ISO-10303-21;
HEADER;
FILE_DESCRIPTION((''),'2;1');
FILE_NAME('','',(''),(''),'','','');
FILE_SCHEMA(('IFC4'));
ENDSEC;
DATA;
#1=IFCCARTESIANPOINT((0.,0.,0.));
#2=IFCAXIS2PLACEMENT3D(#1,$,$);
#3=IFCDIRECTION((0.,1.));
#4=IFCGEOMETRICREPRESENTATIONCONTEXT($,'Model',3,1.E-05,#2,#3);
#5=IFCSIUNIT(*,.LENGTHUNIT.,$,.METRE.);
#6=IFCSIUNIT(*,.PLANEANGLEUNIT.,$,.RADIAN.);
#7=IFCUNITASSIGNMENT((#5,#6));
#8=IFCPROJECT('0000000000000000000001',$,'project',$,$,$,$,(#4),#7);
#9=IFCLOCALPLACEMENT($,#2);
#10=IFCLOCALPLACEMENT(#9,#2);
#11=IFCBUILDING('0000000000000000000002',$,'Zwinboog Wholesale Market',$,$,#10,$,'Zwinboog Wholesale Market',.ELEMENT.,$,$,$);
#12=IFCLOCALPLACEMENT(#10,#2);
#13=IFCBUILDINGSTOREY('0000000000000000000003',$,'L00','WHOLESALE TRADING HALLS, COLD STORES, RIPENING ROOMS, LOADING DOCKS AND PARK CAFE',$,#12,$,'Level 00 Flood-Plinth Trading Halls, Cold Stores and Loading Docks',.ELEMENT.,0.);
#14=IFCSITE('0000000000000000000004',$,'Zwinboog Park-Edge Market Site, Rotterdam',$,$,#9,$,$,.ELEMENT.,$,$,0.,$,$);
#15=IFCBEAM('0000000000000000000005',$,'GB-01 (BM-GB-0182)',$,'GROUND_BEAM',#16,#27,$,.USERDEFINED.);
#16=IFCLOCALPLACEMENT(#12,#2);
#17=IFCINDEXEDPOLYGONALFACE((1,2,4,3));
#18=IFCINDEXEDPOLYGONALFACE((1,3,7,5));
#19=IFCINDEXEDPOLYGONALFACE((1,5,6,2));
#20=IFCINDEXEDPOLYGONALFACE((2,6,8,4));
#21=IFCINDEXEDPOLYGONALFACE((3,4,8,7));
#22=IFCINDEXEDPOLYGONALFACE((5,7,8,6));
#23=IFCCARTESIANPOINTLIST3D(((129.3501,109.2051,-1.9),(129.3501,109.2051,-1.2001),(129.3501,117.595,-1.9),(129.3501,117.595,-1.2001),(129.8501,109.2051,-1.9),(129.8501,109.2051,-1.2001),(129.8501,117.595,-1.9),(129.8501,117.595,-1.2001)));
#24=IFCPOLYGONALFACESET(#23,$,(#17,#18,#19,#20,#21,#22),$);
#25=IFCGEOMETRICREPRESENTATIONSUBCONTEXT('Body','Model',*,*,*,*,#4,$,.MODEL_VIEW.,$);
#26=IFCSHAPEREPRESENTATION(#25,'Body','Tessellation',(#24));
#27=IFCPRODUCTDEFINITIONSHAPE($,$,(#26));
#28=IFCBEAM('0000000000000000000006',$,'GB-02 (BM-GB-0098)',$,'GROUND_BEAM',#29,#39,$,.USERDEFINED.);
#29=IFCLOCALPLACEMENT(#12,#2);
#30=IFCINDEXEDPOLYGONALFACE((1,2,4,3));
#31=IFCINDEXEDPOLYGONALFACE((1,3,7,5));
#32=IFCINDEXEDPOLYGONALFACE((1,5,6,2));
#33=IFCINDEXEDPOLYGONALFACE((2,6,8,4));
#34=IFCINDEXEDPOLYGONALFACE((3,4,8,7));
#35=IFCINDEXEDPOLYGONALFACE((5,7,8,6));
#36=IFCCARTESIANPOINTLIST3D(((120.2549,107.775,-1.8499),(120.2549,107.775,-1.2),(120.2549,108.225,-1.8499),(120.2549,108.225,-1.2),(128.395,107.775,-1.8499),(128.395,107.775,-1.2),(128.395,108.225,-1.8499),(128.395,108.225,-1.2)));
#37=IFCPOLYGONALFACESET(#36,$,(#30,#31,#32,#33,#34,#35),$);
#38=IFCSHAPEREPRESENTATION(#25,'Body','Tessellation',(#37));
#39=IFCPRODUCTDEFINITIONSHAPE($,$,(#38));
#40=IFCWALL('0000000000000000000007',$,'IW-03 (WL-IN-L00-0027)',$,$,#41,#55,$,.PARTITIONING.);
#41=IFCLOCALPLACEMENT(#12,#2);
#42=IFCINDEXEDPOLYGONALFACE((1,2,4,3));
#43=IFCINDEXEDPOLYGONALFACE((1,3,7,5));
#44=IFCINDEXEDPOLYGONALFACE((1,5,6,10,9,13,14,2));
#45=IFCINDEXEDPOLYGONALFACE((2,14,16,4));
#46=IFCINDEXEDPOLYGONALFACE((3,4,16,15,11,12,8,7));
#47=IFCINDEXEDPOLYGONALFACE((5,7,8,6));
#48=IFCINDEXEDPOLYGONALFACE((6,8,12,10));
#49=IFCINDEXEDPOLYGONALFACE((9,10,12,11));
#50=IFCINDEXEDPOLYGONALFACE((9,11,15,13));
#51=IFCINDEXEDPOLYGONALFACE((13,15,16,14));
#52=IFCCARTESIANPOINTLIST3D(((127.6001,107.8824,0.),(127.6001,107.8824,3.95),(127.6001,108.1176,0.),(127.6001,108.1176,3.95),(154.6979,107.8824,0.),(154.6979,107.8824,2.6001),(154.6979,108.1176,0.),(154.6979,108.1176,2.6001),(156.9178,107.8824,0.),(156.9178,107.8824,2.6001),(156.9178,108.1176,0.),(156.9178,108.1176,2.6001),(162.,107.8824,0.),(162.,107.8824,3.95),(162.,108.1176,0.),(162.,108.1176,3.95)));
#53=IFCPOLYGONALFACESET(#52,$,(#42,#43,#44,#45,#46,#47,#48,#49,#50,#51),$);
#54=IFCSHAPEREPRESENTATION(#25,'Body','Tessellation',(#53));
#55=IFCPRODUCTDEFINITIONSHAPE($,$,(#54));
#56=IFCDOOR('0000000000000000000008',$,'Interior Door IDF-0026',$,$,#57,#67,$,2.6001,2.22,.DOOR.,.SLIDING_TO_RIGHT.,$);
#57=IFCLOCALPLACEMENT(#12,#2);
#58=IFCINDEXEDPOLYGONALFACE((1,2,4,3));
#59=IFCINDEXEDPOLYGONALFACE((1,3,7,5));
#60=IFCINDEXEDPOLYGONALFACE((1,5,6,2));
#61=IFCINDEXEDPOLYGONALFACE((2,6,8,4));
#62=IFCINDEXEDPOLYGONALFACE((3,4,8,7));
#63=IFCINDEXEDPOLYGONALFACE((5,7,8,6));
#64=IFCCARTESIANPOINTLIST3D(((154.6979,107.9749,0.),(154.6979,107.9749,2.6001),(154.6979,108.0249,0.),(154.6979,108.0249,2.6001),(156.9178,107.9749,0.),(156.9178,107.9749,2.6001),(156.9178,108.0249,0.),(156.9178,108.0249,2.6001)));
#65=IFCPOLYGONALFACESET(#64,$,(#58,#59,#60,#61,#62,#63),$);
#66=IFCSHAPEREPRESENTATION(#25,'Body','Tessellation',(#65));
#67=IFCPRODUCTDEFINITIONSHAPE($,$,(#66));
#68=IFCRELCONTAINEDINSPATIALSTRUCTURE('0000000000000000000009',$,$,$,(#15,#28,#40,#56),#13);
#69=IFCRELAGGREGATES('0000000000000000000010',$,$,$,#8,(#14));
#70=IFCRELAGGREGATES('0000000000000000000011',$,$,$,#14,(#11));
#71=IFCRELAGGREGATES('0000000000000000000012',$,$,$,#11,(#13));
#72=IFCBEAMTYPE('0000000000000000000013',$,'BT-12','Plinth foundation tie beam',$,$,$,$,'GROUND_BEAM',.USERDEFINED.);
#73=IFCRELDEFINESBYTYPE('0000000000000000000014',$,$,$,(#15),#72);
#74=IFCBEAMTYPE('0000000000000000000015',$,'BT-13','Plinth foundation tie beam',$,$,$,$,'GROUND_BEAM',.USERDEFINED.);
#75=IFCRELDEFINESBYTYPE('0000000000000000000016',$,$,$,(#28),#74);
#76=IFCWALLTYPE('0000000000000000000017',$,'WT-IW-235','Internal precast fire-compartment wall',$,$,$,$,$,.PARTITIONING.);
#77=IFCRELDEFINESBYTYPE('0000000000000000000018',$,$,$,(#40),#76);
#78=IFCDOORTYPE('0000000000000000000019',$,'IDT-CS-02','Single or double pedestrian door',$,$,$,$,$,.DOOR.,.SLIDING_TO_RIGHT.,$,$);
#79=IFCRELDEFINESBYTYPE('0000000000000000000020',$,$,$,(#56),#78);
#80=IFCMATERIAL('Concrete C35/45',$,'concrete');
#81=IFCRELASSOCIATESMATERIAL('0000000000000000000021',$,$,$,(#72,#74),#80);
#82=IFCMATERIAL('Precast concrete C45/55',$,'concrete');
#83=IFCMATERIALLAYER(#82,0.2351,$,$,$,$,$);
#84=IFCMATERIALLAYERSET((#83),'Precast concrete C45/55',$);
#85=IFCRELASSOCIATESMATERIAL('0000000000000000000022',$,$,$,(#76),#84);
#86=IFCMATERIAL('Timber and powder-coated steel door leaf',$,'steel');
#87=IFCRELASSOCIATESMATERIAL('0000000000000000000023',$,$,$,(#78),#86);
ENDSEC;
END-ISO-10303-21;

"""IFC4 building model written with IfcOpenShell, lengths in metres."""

from ifc_helpers import new_model, si_unit, direction, frame, frame_2d, origin, origin_2d, place, context, subcontext, project, spatial, rectangle, extrude, material, layer, layer_set, material_profile, profile_set, type_object, element, fill, save


model = new_model("IFC4")

# Units and contexts
model_context = context("Model", 3, precision=1e-05, world=origin(), true_north=direction((0.0, 1.0)))
body_context = subcontext(model_context, "Body", "Model", "MODEL_VIEW")
ifc_project = project(units=[si_unit("LENGTHUNIT", "METRE"), si_unit("PLANEANGLEUNIT", "RADIAN")], contexts=[model_context])

# Site, building, storey
site_placement = place(None, origin())
site = spatial("IfcSite", under=ifc_project, at=site_placement, Name="Zwinboog Park-Edge Market Site, Rotterdam", CompositionType="ELEMENT", RefElevation=0.0)
building_placement = place(site_placement, origin())
building = spatial("IfcBuilding", under=site, at=building_placement, Name="Zwinboog Wholesale Market", LongName="Zwinboog Wholesale Market", CompositionType="ELEMENT")
storey_placement = place(building_placement, origin())
storey = spatial("IfcBuildingStorey", under=building, at=storey_placement, Name="L00", Description="WHOLESALE TRADING HALLS, COLD STORES, RIPENING ROOMS, LOADING DOCKS AND PARK CAFE", LongName="Level 00 Flood-Plinth Trading Halls, Cold Stores and Loading Docks", CompositionType="ELEMENT", Elevation=0.0)

# Shared definitions
ifc_material_1 = material(Name="Concrete C35/45", Category="concrete")

# Shared definitions
ifc_material_2 = material(Name="Precast concrete C45/55", Category="concrete")

# Beams
ifc_material_profile_1 = material_profile(ifc_material_1, rectangle(XDim=0.5, YDim=0.7, at=origin_2d()), Name="RC 500x700")
ifc_profile_set_1 = profile_set([ifc_material_profile_1], Name="Concrete C35/45")
beam_type_1 = type_object("IfcBeamType", Name="BT-12", Description="Plinth foundation tie beam", ElementType="GROUND_BEAM", PredefinedType="USERDEFINED", material=ifc_profile_set_1)
beam_1_placement = place(storey_placement, frame((129.6001, 109.2051, -1.55), z_axis=(0.0, 1.0, 0.0), x_axis=(-1.0, 0.0, 0.0)))
element("IfcBeam", 1, at=beam_1_placement, inside=storey, type_object=beam_type_1, Name="GB-01 (BM-GB-0182)", ObjectType="GROUND_BEAM", PredefinedType="USERDEFINED", context=body_context, shape_type="SweptSolid", body=[
    extrude(rectangle(XDim=0.5, YDim=0.7, at=origin_2d()), origin(), (0.0, 0.0, 1.0), 8.3899),
])
ifc_material_profile_2 = material_profile(ifc_material_1, rectangle(XDim=0.45, YDim=0.6499, at=origin_2d()), Name="RC 450x650")
ifc_profile_set_2 = profile_set([ifc_material_profile_2], Name="Concrete C35/45")
beam_type_2 = type_object("IfcBeamType", Name="BT-13", Description="Plinth foundation tie beam", ElementType="GROUND_BEAM", PredefinedType="USERDEFINED", material=ifc_profile_set_2)
beam_2_placement = place(storey_placement, frame((120.2549, 108.0, -1.5249), z_axis=(1.0, 0.0, 0.0), x_axis=(0.0, 1.0, 0.0)))
element("IfcBeam", 2, at=beam_2_placement, inside=storey, type_object=beam_type_2, Name="GB-02 (BM-GB-0098)", ObjectType="GROUND_BEAM", PredefinedType="USERDEFINED", context=body_context, shape_type="SweptSolid", body=[
    extrude(rectangle(XDim=0.45, YDim=0.6499, at=origin_2d()), origin(), (0.0, 0.0, 1.0), 8.1401),
])

# Wall, opening, door
ifc_layer = layer(ifc_material_2, 0.2351)
ifc_layer_set = layer_set([ifc_layer], Name="Precast concrete C45/55")
wall_type = type_object("IfcWallType", Name="WT-IW-235", Description="Internal precast fire-compartment wall", PredefinedType="PARTITIONING", material=ifc_layer_set)
wall_placement = place(storey_placement, frame((127.6001, 108.0, 0.0), z_axis=(0.0, 0.0, 1.0), x_axis=(1.0, 0.0, 0.0)))
wall = element("IfcWall", 3, at=wall_placement, inside=storey, type_object=wall_type, Name="IW-03 (WL-IN-L00-0027)", PredefinedType="PARTITIONING", context=body_context, shape_type="SweptSolid", body=[
    extrude(rectangle(XDim=34.3999, YDim=0.2351, at=frame_2d((17.2, 0.0))), origin(), (0.0, 0.0, 1.0), 3.95),
])
opening_placement = place(wall_placement, frame((27.0979, 0.0, 0.0)))
opening = element("IfcOpeningElement", 4, at=opening_placement, cuts=wall, PredefinedType="OPENING", context=body_context, shape_type="SweptSolid", body=[
    extrude(rectangle(XDim=2.22, YDim=2.6001, at=frame_2d((1.1099, 1.3))), frame((0.0, 0.1274, 0.0), z_axis=(0.0, -1.0, 0.0), x_axis=(1.0, 0.0, 0.0)), (0.0, 0.0, 1.0), 0.2551),
])
ifc_material_3 = material(Name="Timber and powder-coated steel door leaf", Category="steel")
door_type = type_object("IfcDoorType", Name="IDT-CS-02", Description="Single or double pedestrian door", OperationType="SLIDING_TO_RIGHT", PredefinedType="DOOR", material=ifc_material_3)
door_placement = place(opening_placement, origin())
door = element("IfcDoor", 5, at=door_placement, inside=storey, type_object=door_type, Name="Interior Door IDF-0026", OperationType="SLIDING_TO_RIGHT", OverallHeight=2.6001, OverallWidth=2.22, PredefinedType="DOOR", context=body_context, shape_type="SweptSolid", body=[
    extrude(rectangle(XDim=2.22, YDim=2.6001, at=frame_2d((1.1099, 1.3))), frame((0.0, 0.0249, 0.0), z_axis=(0.0, -1.0, 0.0), x_axis=(1.0, 0.0, 0.0)), (0.0, 0.0, 1.0), 0.05),
])
fill(opening, door)

save(model, "model.ifc")
